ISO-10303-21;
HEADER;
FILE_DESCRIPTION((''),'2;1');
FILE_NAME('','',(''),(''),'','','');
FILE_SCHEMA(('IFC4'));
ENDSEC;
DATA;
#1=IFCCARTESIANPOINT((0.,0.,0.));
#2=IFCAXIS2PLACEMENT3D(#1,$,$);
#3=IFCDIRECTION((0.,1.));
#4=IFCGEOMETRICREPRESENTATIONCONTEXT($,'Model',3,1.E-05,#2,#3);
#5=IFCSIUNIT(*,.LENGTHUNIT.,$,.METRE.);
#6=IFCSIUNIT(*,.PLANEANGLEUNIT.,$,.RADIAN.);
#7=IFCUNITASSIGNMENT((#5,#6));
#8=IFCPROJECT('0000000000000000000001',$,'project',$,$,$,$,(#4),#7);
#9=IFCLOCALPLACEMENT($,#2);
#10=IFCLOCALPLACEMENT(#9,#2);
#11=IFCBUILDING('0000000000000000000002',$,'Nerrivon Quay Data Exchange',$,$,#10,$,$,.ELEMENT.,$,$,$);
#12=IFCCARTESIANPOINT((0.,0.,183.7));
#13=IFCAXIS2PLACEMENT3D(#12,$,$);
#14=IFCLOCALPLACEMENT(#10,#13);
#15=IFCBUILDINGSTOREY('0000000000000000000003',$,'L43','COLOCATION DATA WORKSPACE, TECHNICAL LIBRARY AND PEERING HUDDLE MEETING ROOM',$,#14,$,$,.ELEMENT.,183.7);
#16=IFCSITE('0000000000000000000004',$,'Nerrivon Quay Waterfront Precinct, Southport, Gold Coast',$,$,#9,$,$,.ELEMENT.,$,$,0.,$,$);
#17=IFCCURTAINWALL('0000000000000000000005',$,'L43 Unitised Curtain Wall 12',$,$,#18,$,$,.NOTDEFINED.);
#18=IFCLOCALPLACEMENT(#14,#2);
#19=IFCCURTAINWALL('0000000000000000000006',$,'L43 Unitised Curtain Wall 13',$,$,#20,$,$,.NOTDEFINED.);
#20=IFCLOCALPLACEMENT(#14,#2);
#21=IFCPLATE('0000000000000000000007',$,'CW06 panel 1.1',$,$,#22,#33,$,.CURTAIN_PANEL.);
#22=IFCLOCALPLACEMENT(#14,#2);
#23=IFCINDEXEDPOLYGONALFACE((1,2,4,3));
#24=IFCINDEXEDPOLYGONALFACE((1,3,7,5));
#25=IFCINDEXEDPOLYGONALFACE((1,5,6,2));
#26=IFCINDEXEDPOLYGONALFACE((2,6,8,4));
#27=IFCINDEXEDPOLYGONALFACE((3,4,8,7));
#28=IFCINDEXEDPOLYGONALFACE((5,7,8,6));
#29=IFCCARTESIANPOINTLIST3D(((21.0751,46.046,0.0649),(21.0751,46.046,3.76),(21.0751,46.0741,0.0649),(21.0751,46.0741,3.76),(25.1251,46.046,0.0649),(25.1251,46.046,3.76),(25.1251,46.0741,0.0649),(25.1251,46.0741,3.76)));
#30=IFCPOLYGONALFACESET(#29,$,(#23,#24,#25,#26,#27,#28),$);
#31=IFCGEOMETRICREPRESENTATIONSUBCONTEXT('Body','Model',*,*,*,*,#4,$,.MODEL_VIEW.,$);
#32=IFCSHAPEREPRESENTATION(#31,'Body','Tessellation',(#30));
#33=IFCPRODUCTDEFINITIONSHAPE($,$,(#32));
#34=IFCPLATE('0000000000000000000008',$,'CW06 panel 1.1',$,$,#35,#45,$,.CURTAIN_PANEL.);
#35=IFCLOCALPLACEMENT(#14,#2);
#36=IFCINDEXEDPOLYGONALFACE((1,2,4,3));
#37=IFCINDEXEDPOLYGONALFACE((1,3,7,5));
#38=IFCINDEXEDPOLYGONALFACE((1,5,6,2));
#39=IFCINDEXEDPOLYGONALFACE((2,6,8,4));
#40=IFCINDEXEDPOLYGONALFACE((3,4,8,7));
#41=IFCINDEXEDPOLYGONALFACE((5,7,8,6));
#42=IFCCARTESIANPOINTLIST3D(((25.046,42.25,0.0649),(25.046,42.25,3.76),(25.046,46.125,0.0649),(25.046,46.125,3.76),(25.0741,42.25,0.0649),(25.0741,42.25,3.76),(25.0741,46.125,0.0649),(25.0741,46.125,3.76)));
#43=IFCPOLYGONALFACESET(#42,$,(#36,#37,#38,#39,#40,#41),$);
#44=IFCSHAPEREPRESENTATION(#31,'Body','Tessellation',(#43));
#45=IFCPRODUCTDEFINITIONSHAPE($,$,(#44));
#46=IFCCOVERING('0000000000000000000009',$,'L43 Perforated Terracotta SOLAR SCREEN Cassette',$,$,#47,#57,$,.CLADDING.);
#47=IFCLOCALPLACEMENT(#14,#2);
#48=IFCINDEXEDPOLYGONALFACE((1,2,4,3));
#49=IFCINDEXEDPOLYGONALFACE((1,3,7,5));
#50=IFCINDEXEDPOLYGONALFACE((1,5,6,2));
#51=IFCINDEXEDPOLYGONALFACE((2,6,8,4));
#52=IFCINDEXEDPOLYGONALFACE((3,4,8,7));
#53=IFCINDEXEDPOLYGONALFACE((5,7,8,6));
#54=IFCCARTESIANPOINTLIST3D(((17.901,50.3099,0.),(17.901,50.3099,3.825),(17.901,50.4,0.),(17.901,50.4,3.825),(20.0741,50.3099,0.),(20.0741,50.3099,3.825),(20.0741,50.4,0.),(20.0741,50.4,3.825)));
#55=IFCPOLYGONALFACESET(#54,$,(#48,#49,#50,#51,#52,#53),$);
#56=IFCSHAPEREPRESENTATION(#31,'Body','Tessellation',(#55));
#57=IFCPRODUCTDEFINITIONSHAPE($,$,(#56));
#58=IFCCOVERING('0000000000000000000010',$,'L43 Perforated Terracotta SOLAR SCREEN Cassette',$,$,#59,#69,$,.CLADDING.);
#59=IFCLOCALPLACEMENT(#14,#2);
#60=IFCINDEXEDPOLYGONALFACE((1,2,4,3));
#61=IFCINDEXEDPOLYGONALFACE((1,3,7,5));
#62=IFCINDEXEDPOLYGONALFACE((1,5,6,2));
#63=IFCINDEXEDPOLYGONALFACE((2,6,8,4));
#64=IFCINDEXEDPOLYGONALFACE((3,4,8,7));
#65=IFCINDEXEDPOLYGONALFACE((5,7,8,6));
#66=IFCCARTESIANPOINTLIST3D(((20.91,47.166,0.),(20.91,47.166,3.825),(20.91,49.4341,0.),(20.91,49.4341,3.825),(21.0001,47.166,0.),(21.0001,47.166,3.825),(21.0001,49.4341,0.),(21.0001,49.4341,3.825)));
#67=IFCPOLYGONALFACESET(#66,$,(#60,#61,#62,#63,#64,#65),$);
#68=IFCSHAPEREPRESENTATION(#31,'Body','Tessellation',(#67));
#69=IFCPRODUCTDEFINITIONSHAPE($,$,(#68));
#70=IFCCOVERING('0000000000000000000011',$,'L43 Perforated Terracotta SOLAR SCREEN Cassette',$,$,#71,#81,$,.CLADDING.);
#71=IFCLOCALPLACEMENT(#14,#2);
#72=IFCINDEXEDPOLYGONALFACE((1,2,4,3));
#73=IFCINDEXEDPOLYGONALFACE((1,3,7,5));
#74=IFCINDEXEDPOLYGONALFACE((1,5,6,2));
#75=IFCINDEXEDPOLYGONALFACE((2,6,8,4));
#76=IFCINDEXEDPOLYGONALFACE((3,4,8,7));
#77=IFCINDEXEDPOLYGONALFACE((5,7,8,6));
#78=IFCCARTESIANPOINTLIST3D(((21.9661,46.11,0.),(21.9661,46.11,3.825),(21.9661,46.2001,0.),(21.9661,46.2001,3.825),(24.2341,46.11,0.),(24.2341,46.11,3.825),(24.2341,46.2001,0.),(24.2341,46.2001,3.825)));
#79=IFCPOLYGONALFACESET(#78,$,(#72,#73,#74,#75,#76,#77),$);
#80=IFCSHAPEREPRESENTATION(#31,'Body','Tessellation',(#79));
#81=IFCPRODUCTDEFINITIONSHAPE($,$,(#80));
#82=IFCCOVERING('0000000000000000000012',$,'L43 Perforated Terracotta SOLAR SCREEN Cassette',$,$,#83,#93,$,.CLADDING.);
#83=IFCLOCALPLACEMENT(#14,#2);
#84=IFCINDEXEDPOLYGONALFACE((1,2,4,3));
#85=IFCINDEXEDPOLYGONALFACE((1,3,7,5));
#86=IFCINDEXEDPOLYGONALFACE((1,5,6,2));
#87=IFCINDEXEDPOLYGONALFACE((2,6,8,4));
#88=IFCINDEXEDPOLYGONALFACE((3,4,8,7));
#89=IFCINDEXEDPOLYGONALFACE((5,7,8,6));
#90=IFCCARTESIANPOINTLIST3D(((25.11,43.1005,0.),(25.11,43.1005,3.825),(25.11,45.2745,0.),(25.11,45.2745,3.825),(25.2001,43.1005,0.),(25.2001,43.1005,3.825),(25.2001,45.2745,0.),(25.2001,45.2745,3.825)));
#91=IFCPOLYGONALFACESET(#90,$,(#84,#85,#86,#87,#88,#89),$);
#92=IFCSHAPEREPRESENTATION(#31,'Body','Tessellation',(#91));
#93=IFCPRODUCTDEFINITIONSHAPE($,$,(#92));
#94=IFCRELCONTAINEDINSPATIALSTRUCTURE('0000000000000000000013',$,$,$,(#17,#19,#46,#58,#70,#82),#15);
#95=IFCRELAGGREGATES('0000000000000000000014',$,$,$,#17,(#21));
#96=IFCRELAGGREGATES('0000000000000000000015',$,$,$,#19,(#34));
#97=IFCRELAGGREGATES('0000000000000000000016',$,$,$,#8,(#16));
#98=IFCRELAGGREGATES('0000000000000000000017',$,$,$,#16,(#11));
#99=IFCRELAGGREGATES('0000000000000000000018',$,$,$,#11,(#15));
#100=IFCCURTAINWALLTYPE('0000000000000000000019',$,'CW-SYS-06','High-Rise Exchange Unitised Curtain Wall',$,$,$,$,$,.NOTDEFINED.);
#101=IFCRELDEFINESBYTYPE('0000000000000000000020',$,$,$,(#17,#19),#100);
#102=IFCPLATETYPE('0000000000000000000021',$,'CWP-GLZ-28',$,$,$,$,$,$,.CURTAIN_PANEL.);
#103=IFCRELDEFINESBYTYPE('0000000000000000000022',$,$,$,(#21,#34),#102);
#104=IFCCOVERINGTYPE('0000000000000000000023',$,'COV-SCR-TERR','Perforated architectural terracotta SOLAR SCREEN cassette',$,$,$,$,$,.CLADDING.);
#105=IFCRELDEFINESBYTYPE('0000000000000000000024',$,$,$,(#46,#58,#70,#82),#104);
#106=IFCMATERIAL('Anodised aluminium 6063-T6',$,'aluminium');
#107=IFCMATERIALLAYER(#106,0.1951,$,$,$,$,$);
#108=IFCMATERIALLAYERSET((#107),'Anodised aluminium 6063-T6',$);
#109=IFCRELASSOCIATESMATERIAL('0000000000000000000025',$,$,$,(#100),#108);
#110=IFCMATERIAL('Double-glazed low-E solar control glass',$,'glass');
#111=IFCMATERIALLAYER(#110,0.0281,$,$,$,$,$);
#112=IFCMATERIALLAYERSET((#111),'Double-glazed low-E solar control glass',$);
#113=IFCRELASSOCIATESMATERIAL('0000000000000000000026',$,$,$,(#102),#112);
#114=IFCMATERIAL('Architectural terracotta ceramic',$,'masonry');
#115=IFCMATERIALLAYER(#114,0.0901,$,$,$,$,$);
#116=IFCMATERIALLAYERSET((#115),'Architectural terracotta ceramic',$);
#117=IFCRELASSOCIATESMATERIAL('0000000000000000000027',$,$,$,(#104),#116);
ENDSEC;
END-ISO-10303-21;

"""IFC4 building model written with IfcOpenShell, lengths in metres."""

from ifc_helpers import new_model, si_unit, direction, frame, origin, origin_2d, place, context, subcontext, project, spatial, rectangle, extrude, material, layer, layer_set, type_object, element, aggregate, save


model = new_model("IFC4")

# Units and contexts
model_context = context("Model", 3, precision=1e-05, world=origin(), true_north=direction((0.0, 1.0)))
body_context = subcontext(model_context, "Body", "Model", "MODEL_VIEW")
ifc_project = project(units=[si_unit("LENGTHUNIT", "METRE"), si_unit("PLANEANGLEUNIT", "RADIAN")], contexts=[model_context])

# Site, building, storey
site_placement = place(None, origin())
site = spatial("IfcSite", under=ifc_project, at=site_placement, Name="Nerrivon Quay Waterfront Precinct, Southport, Gold Coast", CompositionType="ELEMENT", RefElevation=0.0)
building_placement = place(site_placement, origin())
building = spatial("IfcBuilding", under=site, at=building_placement, Name="Nerrivon Quay Data Exchange", CompositionType="ELEMENT")
storey_placement = place(building_placement, frame((0.0, 0.0, 183.7)))
storey = spatial("IfcBuildingStorey", under=building, at=storey_placement, Name="L43", Description="COLOCATION DATA WORKSPACE, TECHNICAL LIBRARY AND PEERING HUDDLE MEETING ROOM", CompositionType="ELEMENT", Elevation=183.7)

# Shared definitions
ifc_material_1 = material(Name="Anodised aluminium 6063-T6", Category="aluminium")
ifc_layer_1 = layer(ifc_material_1, 0.1951)
ifc_layer_set_1 = layer_set([ifc_layer_1], Name="Anodised aluminium 6063-T6")
curtain_wall_type = type_object("IfcCurtainWallType", Name="CW-SYS-06", Description="High-Rise Exchange Unitised Curtain Wall", PredefinedType="NOTDEFINED", material=ifc_layer_set_1)

# Curtain wall
curtain_wall_1_placement = place(storey_placement, origin())
curtain_wall_1 = element("IfcCurtainWall", 1, at=curtain_wall_1_placement, inside=storey, type_object=curtain_wall_type, Name="L43 Unitised Curtain Wall 12", PredefinedType="NOTDEFINED")

# Curtain wall
curtain_wall_2_placement = place(storey_placement, origin())
curtain_wall_2 = element("IfcCurtainWall", 2, at=curtain_wall_2_placement, inside=storey, type_object=curtain_wall_type, Name="L43 Unitised Curtain Wall 13", PredefinedType="NOTDEFINED")

# Plates
ifc_material_2 = material(Name="Double-glazed low-E solar control glass", Category="glass")
ifc_layer_2 = layer(ifc_material_2, 0.0281)
ifc_layer_set_2 = layer_set([ifc_layer_2], Name="Double-glazed low-E solar control glass")
plate_type = type_object("IfcPlateType", Name="CWP-GLZ-28", PredefinedType="CURTAIN_PANEL", material=ifc_layer_set_2)
plate_1_placement = place(storey_placement, frame((23.1001, 46.0601, 0.0649), z_axis=(0.0, 0.0, 1.0), x_axis=(1.0, 0.0, 0.0)))
plate_1 = element("IfcPlate", 3, at=plate_1_placement, type_object=plate_type, Name="CW06 panel 1.1", PredefinedType="CURTAIN_PANEL", context=body_context, shape_type="SweptSolid", body=[
    extrude(rectangle(XDim=4.05, YDim=0.0281, at=origin_2d()), origin(), (0.0, 0.0, 1.0), 3.6951),
])
aggregate(curtain_wall_1, [plate_1])
plate_2_placement = place(storey_placement, frame((25.0601, 44.1875, 0.0649), z_axis=(0.0, 0.0, 1.0), x_axis=(0.0, -1.0, 0.0)))
plate_2 = element("IfcPlate", 4, at=plate_2_placement, type_object=plate_type, Name="CW06 panel 1.1", PredefinedType="CURTAIN_PANEL", context=body_context, shape_type="SweptSolid", body=[
    extrude(rectangle(XDim=3.875, YDim=0.0281, at=origin_2d()), origin(), (0.0, 0.0, 1.0), 3.6951),
])
aggregate(curtain_wall_2, [plate_2])

# Coverings
ifc_material_3 = material(Name="Architectural terracotta ceramic", Category="masonry")
ifc_layer_3 = layer(ifc_material_3, 0.0901)
ifc_layer_set_3 = layer_set([ifc_layer_3], Name="Architectural terracotta ceramic")
covering_type = type_object("IfcCoveringType", Name="COV-SCR-TERR", Description="Perforated architectural terracotta SOLAR SCREEN cassette", PredefinedType="CLADDING", material=ifc_layer_set_3)
covering_1_placement = place(storey_placement, frame((18.9875, 50.355, 0.0), z_axis=(0.0, 0.0, 1.0), x_axis=(1.0, 0.0, 0.0)))
element("IfcCovering", 5, at=covering_1_placement, inside=storey, type_object=covering_type, Name="L43 Perforated Terracotta SOLAR SCREEN Cassette", PredefinedType="CLADDING", context=body_context, shape_type="SweptSolid", body=[
    extrude(rectangle(XDim=2.1731, YDim=0.0901, at=origin_2d()), origin(), (0.0, 0.0, 1.0), 3.825),
])
for number, where, z_axis, x_axis, name in (
    (6, (20.9551, 48.3, 0.0), (0.0, 0.0, 1.0), (0.0, -1.0, 0.0), "L43 Perforated Terracotta SOLAR SCREEN Cassette"),
    (7, (23.1001, 46.155, 0.0), (0.0, 0.0, 1.0), (1.0, 0.0, 0.0), "L43 Perforated Terracotta SOLAR SCREEN Cassette"),
):
    element("IfcCovering", number, at=place(storey_placement, frame(where, z_axis=z_axis, x_axis=x_axis)), inside=storey, type_object=covering_type, Name=name, PredefinedType="CLADDING", context=body_context, shape_type="SweptSolid", body=[
        extrude(rectangle(XDim=2.2681, YDim=0.0901, at=origin_2d()), origin(), (0.0, 0.0, 1.0), 3.825),
    ])
covering_2_placement = place(storey_placement, frame((25.155, 44.1875, 0.0), z_axis=(0.0, 0.0, 1.0), x_axis=(0.0, -1.0, 0.0)))
element("IfcCovering", 8, at=covering_2_placement, inside=storey, type_object=covering_type, Name="L43 Perforated Terracotta SOLAR SCREEN Cassette", PredefinedType="CLADDING", context=body_context, shape_type="SweptSolid", body=[
    extrude(rectangle(XDim=2.1741, YDim=0.0901, at=origin_2d()), origin(), (0.0, 0.0, 1.0), 3.825),
])

save(model, "model.ifc")
